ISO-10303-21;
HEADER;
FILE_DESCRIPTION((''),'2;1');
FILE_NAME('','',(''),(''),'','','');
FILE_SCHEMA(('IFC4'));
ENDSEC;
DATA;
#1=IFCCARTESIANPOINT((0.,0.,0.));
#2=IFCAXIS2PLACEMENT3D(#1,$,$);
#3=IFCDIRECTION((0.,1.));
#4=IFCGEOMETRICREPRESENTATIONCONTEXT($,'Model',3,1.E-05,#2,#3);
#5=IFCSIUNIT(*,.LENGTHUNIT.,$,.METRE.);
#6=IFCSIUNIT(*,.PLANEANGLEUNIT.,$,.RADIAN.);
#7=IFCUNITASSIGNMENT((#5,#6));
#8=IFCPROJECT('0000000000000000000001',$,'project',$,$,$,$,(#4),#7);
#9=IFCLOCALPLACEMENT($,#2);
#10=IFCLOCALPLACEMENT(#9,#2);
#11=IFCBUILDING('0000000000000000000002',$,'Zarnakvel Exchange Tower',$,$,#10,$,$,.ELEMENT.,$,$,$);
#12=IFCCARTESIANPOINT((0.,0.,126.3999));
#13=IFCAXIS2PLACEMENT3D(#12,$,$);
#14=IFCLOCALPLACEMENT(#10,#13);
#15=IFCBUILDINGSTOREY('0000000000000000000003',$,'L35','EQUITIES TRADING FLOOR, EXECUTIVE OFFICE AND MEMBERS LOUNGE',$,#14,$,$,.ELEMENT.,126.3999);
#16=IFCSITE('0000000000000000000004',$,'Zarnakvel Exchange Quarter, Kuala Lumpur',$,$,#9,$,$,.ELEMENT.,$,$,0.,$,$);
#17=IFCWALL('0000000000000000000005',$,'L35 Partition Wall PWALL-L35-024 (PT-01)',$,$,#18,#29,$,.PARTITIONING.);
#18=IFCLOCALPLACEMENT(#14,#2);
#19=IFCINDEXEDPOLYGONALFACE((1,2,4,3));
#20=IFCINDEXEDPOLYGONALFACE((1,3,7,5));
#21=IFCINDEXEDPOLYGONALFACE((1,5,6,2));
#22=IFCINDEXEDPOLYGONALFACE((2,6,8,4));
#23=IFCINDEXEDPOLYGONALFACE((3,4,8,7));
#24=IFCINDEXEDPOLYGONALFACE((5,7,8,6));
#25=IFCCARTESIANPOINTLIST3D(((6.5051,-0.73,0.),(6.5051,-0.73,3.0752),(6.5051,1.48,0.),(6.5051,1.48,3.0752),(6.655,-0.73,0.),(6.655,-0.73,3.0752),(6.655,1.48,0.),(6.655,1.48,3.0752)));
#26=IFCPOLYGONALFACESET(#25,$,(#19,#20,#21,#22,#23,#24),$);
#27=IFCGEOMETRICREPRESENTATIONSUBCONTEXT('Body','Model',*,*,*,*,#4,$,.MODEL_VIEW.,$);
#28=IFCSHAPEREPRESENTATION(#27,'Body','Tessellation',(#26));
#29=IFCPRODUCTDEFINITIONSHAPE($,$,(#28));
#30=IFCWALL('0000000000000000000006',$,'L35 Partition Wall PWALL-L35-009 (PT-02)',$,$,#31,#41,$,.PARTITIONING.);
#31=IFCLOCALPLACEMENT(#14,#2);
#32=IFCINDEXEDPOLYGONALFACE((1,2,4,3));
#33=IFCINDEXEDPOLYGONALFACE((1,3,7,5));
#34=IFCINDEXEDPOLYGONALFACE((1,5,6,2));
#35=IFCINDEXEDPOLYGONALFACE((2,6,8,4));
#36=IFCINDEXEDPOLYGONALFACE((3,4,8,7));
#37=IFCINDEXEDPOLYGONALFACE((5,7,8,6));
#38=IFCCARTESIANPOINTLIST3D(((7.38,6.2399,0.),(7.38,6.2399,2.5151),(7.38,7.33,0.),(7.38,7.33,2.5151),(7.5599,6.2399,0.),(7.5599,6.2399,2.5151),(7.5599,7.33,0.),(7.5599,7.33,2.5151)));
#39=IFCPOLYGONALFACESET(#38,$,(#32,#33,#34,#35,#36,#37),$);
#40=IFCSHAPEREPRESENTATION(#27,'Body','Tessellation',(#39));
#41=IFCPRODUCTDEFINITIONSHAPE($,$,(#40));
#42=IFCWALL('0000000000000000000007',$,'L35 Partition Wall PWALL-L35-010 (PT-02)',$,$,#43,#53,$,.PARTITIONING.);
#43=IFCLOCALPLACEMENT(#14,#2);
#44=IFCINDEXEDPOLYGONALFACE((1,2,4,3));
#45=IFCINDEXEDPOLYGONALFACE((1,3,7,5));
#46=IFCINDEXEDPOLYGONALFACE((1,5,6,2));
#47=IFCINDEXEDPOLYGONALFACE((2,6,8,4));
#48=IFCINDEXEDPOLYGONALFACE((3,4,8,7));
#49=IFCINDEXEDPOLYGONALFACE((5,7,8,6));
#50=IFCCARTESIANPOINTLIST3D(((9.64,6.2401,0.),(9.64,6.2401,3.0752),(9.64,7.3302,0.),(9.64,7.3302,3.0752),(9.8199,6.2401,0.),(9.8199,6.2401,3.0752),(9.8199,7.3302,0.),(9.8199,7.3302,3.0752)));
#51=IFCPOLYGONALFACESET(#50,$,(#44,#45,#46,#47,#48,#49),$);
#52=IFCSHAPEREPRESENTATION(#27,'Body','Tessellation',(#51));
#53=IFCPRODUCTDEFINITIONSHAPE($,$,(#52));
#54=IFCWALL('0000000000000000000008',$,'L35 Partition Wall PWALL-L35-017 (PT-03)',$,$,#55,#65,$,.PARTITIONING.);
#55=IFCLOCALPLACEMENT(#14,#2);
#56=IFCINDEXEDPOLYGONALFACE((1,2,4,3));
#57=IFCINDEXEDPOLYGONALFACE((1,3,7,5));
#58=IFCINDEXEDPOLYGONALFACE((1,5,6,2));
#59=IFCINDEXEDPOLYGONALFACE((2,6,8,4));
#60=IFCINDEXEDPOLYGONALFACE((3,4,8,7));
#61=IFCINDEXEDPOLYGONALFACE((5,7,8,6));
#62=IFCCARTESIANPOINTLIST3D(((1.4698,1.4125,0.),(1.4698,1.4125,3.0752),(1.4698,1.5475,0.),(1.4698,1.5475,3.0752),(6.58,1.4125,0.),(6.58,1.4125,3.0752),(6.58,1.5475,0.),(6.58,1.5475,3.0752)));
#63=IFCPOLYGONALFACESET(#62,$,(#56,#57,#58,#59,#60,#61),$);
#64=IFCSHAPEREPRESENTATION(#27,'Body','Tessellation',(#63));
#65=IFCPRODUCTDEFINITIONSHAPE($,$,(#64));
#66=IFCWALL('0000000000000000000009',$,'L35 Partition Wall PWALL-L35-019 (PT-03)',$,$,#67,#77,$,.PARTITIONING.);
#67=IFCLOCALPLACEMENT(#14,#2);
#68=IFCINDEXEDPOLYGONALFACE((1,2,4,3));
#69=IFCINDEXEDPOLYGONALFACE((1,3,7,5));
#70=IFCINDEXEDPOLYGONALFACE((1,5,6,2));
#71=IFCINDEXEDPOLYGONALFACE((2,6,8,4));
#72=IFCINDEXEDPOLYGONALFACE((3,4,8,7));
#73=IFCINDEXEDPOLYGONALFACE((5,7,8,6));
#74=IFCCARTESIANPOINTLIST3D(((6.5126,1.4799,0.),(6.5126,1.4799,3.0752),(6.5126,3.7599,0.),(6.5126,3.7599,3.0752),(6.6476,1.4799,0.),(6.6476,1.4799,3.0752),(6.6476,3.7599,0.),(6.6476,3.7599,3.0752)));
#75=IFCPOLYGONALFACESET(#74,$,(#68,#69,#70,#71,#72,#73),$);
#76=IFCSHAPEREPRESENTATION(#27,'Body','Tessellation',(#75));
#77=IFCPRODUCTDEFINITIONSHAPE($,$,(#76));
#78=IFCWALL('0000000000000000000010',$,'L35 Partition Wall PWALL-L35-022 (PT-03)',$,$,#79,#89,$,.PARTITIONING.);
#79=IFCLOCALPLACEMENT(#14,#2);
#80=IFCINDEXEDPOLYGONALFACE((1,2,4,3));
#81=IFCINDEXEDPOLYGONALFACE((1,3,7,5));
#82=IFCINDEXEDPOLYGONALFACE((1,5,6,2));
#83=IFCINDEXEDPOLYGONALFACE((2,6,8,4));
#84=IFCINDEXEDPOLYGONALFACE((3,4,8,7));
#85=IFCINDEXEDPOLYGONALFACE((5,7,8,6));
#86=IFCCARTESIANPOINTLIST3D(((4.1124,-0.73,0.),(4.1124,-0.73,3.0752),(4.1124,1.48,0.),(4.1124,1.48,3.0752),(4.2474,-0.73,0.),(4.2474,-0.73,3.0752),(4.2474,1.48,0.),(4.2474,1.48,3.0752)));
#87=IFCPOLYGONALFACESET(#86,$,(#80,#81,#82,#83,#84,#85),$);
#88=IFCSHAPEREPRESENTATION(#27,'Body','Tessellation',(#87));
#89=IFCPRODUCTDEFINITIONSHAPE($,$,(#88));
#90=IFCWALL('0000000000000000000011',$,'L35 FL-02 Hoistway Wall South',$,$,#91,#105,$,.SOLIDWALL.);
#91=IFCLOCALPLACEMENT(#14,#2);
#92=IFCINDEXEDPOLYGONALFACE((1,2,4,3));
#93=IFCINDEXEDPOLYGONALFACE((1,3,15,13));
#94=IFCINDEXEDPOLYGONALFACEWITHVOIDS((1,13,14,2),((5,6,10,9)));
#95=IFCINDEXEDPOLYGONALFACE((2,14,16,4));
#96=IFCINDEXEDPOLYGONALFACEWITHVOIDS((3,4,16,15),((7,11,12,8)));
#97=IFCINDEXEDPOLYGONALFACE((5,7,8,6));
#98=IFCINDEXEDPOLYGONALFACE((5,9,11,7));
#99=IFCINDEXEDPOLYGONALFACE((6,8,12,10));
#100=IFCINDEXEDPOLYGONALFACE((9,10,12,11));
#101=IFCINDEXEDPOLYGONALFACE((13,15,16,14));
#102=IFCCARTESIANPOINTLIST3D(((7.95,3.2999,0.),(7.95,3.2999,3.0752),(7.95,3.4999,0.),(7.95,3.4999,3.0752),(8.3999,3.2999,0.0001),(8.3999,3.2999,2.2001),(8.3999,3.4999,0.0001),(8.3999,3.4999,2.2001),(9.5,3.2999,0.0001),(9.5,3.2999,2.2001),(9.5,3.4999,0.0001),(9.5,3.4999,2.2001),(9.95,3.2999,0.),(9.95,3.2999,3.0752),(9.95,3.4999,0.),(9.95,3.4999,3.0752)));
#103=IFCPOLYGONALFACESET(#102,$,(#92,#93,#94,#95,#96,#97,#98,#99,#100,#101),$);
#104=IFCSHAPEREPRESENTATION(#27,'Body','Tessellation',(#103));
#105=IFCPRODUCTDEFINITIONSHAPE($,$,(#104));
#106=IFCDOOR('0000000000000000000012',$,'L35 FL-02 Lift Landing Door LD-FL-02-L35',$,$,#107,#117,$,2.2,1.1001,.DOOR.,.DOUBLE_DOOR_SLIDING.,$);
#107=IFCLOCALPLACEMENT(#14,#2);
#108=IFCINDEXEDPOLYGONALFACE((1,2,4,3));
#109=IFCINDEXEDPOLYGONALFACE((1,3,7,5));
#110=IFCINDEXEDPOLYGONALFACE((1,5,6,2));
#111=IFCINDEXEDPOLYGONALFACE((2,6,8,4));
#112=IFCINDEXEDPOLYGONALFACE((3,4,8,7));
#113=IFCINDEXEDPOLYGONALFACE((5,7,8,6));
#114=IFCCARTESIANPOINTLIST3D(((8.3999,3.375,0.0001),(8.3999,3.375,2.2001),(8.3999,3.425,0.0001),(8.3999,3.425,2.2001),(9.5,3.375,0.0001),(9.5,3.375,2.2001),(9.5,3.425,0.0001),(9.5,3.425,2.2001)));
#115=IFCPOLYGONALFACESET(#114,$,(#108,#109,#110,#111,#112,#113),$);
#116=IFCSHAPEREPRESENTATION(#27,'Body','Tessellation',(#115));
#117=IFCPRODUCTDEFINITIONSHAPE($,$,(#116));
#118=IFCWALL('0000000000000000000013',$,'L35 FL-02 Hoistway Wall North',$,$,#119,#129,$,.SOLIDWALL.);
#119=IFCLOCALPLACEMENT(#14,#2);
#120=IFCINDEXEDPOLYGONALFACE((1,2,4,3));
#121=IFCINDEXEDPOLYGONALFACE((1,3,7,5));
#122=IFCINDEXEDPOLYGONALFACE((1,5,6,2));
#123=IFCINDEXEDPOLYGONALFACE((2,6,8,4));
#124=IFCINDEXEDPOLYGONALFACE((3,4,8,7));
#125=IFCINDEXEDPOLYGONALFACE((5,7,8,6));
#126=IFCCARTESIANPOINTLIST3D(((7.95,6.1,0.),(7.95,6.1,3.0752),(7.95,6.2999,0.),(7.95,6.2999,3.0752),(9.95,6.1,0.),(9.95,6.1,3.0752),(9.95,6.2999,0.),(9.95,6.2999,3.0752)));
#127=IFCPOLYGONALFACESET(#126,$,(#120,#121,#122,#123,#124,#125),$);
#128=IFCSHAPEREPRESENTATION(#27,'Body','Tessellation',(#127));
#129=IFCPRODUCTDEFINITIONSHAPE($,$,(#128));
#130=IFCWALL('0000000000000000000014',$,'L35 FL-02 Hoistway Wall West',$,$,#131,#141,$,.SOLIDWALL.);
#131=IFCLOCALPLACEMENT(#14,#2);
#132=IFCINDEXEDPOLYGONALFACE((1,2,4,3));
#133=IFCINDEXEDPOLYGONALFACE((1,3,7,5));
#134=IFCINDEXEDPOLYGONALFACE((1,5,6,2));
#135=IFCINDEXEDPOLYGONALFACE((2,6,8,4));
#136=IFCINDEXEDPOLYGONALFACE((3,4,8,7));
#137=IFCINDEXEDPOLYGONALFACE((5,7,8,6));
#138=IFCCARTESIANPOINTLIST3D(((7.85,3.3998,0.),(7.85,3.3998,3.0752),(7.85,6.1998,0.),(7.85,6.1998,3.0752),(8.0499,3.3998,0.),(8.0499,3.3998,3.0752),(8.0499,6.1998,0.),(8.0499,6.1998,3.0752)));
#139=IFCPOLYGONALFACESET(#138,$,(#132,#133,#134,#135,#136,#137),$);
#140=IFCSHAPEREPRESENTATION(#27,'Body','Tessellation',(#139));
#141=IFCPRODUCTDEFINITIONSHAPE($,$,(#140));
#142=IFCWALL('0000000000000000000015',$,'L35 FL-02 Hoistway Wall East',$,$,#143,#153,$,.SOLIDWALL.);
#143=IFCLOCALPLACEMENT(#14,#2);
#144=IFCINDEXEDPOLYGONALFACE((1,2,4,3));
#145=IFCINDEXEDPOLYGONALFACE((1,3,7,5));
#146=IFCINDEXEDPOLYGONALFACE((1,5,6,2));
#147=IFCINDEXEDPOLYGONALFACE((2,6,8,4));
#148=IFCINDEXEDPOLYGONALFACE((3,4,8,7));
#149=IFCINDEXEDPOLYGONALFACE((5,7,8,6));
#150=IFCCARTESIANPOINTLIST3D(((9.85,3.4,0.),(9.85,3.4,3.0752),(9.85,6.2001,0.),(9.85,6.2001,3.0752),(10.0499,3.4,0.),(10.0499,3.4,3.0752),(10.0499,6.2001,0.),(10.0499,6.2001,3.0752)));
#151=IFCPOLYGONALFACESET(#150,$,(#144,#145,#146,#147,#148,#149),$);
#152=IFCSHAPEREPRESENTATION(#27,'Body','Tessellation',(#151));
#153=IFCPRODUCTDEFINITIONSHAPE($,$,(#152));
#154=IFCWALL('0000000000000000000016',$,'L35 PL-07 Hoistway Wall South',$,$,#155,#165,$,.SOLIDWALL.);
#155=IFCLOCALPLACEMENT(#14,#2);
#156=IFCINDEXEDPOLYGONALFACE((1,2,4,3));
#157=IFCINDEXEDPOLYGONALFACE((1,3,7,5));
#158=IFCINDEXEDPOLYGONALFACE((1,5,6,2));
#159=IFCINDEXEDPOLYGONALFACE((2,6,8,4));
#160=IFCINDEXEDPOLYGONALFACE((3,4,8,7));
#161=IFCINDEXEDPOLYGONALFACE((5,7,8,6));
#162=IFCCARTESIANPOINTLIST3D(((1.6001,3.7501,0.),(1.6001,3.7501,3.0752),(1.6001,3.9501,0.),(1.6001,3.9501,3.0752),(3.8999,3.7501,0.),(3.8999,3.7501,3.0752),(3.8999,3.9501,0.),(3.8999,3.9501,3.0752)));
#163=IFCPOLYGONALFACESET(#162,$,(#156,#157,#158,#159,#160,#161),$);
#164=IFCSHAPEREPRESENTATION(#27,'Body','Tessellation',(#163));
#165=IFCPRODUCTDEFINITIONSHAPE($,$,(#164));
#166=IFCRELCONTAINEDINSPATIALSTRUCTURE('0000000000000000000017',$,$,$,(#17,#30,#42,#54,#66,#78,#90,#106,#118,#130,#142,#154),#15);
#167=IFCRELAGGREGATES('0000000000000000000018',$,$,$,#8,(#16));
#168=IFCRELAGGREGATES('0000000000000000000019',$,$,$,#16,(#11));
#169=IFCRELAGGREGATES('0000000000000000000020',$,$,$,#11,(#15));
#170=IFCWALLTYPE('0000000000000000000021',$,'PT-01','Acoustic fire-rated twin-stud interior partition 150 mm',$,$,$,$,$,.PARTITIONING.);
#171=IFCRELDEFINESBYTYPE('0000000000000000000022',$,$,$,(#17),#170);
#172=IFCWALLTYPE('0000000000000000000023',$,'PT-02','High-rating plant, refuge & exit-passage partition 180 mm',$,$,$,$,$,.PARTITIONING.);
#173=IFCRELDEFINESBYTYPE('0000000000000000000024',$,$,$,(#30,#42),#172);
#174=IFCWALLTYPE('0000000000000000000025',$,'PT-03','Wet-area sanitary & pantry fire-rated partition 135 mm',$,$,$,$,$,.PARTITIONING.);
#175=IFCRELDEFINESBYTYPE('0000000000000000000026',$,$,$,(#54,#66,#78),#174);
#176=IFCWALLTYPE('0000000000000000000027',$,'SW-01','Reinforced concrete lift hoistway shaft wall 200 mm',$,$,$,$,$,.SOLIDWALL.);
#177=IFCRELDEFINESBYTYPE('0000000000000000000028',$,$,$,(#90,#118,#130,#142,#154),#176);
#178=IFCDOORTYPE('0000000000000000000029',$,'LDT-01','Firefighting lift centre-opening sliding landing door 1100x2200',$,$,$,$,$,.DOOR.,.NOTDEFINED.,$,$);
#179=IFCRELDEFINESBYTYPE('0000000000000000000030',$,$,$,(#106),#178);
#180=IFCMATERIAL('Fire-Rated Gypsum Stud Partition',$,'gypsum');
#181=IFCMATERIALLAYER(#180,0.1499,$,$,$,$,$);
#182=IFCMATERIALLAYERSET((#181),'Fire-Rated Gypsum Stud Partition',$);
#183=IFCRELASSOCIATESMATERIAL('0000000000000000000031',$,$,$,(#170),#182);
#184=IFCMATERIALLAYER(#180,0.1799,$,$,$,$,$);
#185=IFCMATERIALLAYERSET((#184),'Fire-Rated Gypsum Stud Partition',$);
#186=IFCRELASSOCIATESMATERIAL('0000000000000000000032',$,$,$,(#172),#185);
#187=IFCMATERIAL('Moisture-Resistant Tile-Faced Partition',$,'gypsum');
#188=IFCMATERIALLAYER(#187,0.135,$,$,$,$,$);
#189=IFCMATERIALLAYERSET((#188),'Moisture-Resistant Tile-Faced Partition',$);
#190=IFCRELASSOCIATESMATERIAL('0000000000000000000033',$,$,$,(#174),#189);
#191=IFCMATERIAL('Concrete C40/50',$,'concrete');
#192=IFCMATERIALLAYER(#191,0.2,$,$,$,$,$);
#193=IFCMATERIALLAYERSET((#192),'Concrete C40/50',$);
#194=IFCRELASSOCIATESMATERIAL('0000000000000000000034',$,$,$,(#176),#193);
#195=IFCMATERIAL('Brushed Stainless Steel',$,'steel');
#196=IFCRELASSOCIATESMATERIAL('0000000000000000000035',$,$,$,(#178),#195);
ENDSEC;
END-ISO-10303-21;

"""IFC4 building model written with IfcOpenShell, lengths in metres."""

from ifc_helpers import new_model, si_unit, direction, frame, frame_2d, origin, place, context, subcontext, project, spatial, rectangle, extrude, source, transform, mapped, material, layer, layer_set, type_object, element, fill, save


model = new_model("IFC4")

# Units and contexts
model_context = context("Model", 3, precision=1e-05, world=origin(), true_north=direction((0.0, 1.0)))
body_context = subcontext(model_context, "Body", "Model", "MODEL_VIEW")
ifc_project = project(units=[si_unit("LENGTHUNIT", "METRE"), si_unit("PLANEANGLEUNIT", "RADIAN")], contexts=[model_context])

# Site, building, storey
site_placement = place(None, origin())
site = spatial("IfcSite", under=ifc_project, at=site_placement, Name="Zarnakvel Exchange Quarter, Kuala Lumpur", CompositionType="ELEMENT", RefElevation=0.0)
building_placement = place(site_placement, origin())
building = spatial("IfcBuilding", under=site, at=building_placement, Name="Zarnakvel Exchange Tower", CompositionType="ELEMENT")
storey_placement = place(building_placement, frame((0.0, 0.0, 126.3999)))
storey = spatial("IfcBuildingStorey", under=building, at=storey_placement, Name="L35", Description="EQUITIES TRADING FLOOR, EXECUTIVE OFFICE AND MEMBERS LOUNGE", CompositionType="ELEMENT", Elevation=126.3999)

# Walls
ifc_material_1 = material(Name="Fire-Rated Gypsum Stud Partition", Category="gypsum")
ifc_layer_1 = layer(ifc_material_1, 0.1499)
ifc_layer_set_1 = layer_set([ifc_layer_1], Name="Fire-Rated Gypsum Stud Partition")
wall_type_1 = type_object("IfcWallType", Name="PT-01", Description="Acoustic fire-rated twin-stud interior partition 150 mm", PredefinedType="PARTITIONING", material=ifc_layer_set_1)
wall_1_placement = place(storey_placement, frame((6.5801, 1.48, 0.0), z_axis=(0.0, 0.0, 1.0), x_axis=(0.0, -1.0, 0.0)))
element("IfcWall", 1, at=wall_1_placement, inside=storey, type_object=wall_type_1, Name="L35 Partition Wall PWALL-L35-024 (PT-01)", PredefinedType="PARTITIONING", context=body_context, shape_type="SweptSolid", body=[
    extrude(rectangle(XDim=2.21, YDim=0.1499, at=frame_2d((1.105, 0.0))), origin(), (0.0, 0.0, 1.0), 3.0752),
])
ifc_layer_2 = layer(ifc_material_1, 0.1799)
ifc_layer_set_2 = layer_set([ifc_layer_2], Name="Fire-Rated Gypsum Stud Partition")
wall_type_2 = type_object("IfcWallType", Name="PT-02", Description="High-rating plant, refuge & exit-passage partition 180 mm", PredefinedType="PARTITIONING", material=ifc_layer_set_2)
wall_2_placement = place(storey_placement, frame((7.47, 6.24, 0.0), z_axis=(0.0, 0.0, 1.0), x_axis=(0.0, 1.0, 0.0)))
element("IfcWall", 2, at=wall_2_placement, inside=storey, type_object=wall_type_2, Name="L35 Partition Wall PWALL-L35-009 (PT-02)", PredefinedType="PARTITIONING", context=body_context, shape_type="SweptSolid", body=[
    extrude(rectangle(XDim=1.0901, YDim=0.1799, at=frame_2d((0.5449, 0.0))), origin(), (0.0, 0.0, 1.0), 2.5151),
])
wall_3_placement = place(storey_placement, frame((9.73, 7.3301, 0.0), z_axis=(0.0, 0.0, 1.0), x_axis=(0.0, -1.0, 0.0)))
element("IfcWall", 3, at=wall_3_placement, inside=storey, type_object=wall_type_2, Name="L35 Partition Wall PWALL-L35-010 (PT-02)", PredefinedType="PARTITIONING", context=body_context, shape_type="SweptSolid", body=[
    extrude(rectangle(XDim=1.0901, YDim=0.1799, at=frame_2d((0.5449, 0.0))), origin(), (0.0, 0.0, 1.0), 3.0752),
])
ifc_material_2 = material(Name="Moisture-Resistant Tile-Faced Partition", Category="gypsum")
ifc_layer_3 = layer(ifc_material_2, 0.135)
ifc_layer_set_3 = layer_set([ifc_layer_3], Name="Moisture-Resistant Tile-Faced Partition")
wall_type_3 = type_object("IfcWallType", Name="PT-03", Description="Wet-area sanitary & pantry fire-rated partition 135 mm", PredefinedType="PARTITIONING", material=ifc_layer_set_3)
wall_4_placement = place(storey_placement, frame((6.5801, 1.48, 0.0), z_axis=(0.0, 0.0, 1.0), x_axis=(-1.0, 0.0, 0.0)))
element("IfcWall", 4, at=wall_4_placement, inside=storey, type_object=wall_type_3, Name="L35 Partition Wall PWALL-L35-017 (PT-03)", PredefinedType="PARTITIONING", context=body_context, shape_type="SweptSolid", body=[
    extrude(rectangle(XDim=5.1101, YDim=0.135, at=frame_2d((2.5552, 0.0))), origin(), (0.0, 0.0, 1.0), 3.0752),
])
wall_5_placement = place(storey_placement, frame((6.5801, 3.76, 0.0), z_axis=(0.0, 0.0, 1.0), x_axis=(0.0, -1.0, 0.0)))
element("IfcWall", 5, at=wall_5_placement, inside=storey, type_object=wall_type_3, Name="L35 Partition Wall PWALL-L35-019 (PT-03)", PredefinedType="PARTITIONING", context=body_context, shape_type="SweptSolid", body=[
    extrude(rectangle(XDim=2.28, YDim=0.135, at=frame_2d((1.1401, 0.0))), origin(), (0.0, 0.0, 1.0), 3.0752),
])
wall_6_placement = place(storey_placement, frame((4.1799, 1.48, 0.0), z_axis=(0.0, 0.0, 1.0), x_axis=(0.0, -1.0, 0.0)))
element("IfcWall", 6, at=wall_6_placement, inside=storey, type_object=wall_type_3, Name="L35 Partition Wall PWALL-L35-022 (PT-03)", PredefinedType="PARTITIONING", context=body_context, shape_type="SweptSolid", body=[
    extrude(rectangle(XDim=2.21, YDim=0.135, at=frame_2d((1.105, 0.0))), origin(), (0.0, 0.0, 1.0), 3.0752),
])

# Wall, opening, door
ifc_material_3 = material(Name="Concrete C40/50", Category="concrete")
ifc_layer_4 = layer(ifc_material_3, 0.2)
ifc_layer_set_4 = layer_set([ifc_layer_4], Name="Concrete C40/50")
wall_type_4 = type_object("IfcWallType", Name="SW-01", Description="Reinforced concrete lift hoistway shaft wall 200 mm", PredefinedType="SOLIDWALL", material=ifc_layer_set_4)
wall_7_placement = place(storey_placement, frame((9.95, 3.3999, 0.0), z_axis=(0.0, 0.0, 1.0), x_axis=(-1.0, 0.0, 0.0)))
wall_7 = element("IfcWall", 7, at=wall_7_placement, inside=storey, type_object=wall_type_4, Name="L35 FL-02 Hoistway Wall South", PredefinedType="SOLIDWALL", context=body_context, shape_type="SweptSolid", body=[
    extrude(rectangle(XDim=2.0, YDim=0.2, at=frame_2d((1.0, 0.0))), origin(), (0.0, 0.0, 1.0), 3.0752),
])
opening_1_placement = place(wall_7_placement, frame((0.45, 0.0, 0.0)))
opening_1 = element("IfcOpeningElement", 8, at=opening_1_placement, cuts=wall_7, PredefinedType="OPENING", context=body_context, shape_type="SweptSolid", body=[
    extrude(rectangle(XDim=1.1001, YDim=2.2, at=frame_2d((0.55, 1.1001))), frame((0.0, 0.1099, 0.0), z_axis=(0.0, -1.0, 0.0), x_axis=(1.0, 0.0, 0.0)), (0.0, 0.0, 1.0), 0.22),
])
ifc_material_4 = material(Name="Brushed Stainless Steel", Category="steel")
door_type_1 = type_object("IfcDoorType", Name="LDT-01", Description="Firefighting lift centre-opening sliding landing door 1100x2200", OperationType="NOTDEFINED", PredefinedType="DOOR", material=ifc_material_4)
shared_shape_1 = source(origin(), body_context, "Body", "SweptSolid", [
    extrude(rectangle(XDim=1.1001, YDim=2.2, at=frame_2d((0.55, 1.1001))), frame((0.0, 0.0249, 0.0), z_axis=(0.0, -1.0, 0.0), x_axis=(1.0, 0.0, 0.0)), (0.0, 0.0, 1.0), 0.05),
])
door_1_placement = place(opening_1_placement, origin())
door_1 = element("IfcDoor", 9, at=door_1_placement, inside=storey, type_object=door_type_1, Name="L35 FL-02 Lift Landing Door LD-FL-02-L35", OperationType="DOUBLE_DOOR_SLIDING", OverallHeight=2.2, OverallWidth=1.1001, PredefinedType="DOOR", context=body_context, shape_type="MappedRepresentation", body=[
    mapped(shared_shape_1, transform((0.0, 0.0, 0.0), x_axis=(1.0, 0.0, 0.0), y_axis=(0.0, 1.0, 0.0), z_axis=(0.0, 0.0, 1.0), scale=1.0)),
])
fill(opening_1, door_1)

# Walls
wall_8_placement = place(storey_placement, frame((7.95, 6.2, 0.0), z_axis=(0.0, 0.0, 1.0), x_axis=(1.0, 0.0, 0.0)))
element("IfcWall", 10, at=wall_8_placement, inside=storey, type_object=wall_type_4, Name="L35 FL-02 Hoistway Wall North", PredefinedType="SOLIDWALL", context=body_context, shape_type="SweptSolid", body=[
    extrude(rectangle(XDim=2.0, YDim=0.2, at=frame_2d((1.0, 0.0))), origin(), (0.0, 0.0, 1.0), 3.0752),
])
for number, where, z_axis, x_axis, name in (
    (11, (7.95, 3.3999, 0.0), (0.0, 0.0, 1.0), (0.0, 1.0, 0.0), "L35 FL-02 Hoistway Wall West"),
    (12, (9.95, 6.2, 0.0), (0.0, 0.0, 1.0), (0.0, -1.0, 0.0), "L35 FL-02 Hoistway Wall East"),
):
    element("IfcWall", number, at=place(storey_placement, frame(where, z_axis=z_axis, x_axis=x_axis)), inside=storey, type_object=wall_type_4, Name=name, PredefinedType="SOLIDWALL", context=body_context, shape_type="SweptSolid", body=[
        extrude(rectangle(XDim=2.8, YDim=0.2, at=frame_2d((1.3999, 0.0))), origin(), (0.0, 0.0, 1.0), 3.0752),
    ])
wall_9_placement = place(storey_placement, frame((3.8999, 3.8501, 0.0), z_axis=(0.0, 0.0, 1.0), x_axis=(-1.0, 0.0, 0.0)))
element("IfcWall", 13, at=wall_9_placement, inside=storey, type_object=wall_type_4, Name="L35 PL-07 Hoistway Wall South", PredefinedType="SOLIDWALL", context=body_context, shape_type="SweptSolid", body=[
    extrude(rectangle(XDim=2.2998, YDim=0.2, at=frame_2d((1.1499, 0.0))), origin(), (0.0, 0.0, 1.0), 3.0752),
])

save(model, "model.ifc")
